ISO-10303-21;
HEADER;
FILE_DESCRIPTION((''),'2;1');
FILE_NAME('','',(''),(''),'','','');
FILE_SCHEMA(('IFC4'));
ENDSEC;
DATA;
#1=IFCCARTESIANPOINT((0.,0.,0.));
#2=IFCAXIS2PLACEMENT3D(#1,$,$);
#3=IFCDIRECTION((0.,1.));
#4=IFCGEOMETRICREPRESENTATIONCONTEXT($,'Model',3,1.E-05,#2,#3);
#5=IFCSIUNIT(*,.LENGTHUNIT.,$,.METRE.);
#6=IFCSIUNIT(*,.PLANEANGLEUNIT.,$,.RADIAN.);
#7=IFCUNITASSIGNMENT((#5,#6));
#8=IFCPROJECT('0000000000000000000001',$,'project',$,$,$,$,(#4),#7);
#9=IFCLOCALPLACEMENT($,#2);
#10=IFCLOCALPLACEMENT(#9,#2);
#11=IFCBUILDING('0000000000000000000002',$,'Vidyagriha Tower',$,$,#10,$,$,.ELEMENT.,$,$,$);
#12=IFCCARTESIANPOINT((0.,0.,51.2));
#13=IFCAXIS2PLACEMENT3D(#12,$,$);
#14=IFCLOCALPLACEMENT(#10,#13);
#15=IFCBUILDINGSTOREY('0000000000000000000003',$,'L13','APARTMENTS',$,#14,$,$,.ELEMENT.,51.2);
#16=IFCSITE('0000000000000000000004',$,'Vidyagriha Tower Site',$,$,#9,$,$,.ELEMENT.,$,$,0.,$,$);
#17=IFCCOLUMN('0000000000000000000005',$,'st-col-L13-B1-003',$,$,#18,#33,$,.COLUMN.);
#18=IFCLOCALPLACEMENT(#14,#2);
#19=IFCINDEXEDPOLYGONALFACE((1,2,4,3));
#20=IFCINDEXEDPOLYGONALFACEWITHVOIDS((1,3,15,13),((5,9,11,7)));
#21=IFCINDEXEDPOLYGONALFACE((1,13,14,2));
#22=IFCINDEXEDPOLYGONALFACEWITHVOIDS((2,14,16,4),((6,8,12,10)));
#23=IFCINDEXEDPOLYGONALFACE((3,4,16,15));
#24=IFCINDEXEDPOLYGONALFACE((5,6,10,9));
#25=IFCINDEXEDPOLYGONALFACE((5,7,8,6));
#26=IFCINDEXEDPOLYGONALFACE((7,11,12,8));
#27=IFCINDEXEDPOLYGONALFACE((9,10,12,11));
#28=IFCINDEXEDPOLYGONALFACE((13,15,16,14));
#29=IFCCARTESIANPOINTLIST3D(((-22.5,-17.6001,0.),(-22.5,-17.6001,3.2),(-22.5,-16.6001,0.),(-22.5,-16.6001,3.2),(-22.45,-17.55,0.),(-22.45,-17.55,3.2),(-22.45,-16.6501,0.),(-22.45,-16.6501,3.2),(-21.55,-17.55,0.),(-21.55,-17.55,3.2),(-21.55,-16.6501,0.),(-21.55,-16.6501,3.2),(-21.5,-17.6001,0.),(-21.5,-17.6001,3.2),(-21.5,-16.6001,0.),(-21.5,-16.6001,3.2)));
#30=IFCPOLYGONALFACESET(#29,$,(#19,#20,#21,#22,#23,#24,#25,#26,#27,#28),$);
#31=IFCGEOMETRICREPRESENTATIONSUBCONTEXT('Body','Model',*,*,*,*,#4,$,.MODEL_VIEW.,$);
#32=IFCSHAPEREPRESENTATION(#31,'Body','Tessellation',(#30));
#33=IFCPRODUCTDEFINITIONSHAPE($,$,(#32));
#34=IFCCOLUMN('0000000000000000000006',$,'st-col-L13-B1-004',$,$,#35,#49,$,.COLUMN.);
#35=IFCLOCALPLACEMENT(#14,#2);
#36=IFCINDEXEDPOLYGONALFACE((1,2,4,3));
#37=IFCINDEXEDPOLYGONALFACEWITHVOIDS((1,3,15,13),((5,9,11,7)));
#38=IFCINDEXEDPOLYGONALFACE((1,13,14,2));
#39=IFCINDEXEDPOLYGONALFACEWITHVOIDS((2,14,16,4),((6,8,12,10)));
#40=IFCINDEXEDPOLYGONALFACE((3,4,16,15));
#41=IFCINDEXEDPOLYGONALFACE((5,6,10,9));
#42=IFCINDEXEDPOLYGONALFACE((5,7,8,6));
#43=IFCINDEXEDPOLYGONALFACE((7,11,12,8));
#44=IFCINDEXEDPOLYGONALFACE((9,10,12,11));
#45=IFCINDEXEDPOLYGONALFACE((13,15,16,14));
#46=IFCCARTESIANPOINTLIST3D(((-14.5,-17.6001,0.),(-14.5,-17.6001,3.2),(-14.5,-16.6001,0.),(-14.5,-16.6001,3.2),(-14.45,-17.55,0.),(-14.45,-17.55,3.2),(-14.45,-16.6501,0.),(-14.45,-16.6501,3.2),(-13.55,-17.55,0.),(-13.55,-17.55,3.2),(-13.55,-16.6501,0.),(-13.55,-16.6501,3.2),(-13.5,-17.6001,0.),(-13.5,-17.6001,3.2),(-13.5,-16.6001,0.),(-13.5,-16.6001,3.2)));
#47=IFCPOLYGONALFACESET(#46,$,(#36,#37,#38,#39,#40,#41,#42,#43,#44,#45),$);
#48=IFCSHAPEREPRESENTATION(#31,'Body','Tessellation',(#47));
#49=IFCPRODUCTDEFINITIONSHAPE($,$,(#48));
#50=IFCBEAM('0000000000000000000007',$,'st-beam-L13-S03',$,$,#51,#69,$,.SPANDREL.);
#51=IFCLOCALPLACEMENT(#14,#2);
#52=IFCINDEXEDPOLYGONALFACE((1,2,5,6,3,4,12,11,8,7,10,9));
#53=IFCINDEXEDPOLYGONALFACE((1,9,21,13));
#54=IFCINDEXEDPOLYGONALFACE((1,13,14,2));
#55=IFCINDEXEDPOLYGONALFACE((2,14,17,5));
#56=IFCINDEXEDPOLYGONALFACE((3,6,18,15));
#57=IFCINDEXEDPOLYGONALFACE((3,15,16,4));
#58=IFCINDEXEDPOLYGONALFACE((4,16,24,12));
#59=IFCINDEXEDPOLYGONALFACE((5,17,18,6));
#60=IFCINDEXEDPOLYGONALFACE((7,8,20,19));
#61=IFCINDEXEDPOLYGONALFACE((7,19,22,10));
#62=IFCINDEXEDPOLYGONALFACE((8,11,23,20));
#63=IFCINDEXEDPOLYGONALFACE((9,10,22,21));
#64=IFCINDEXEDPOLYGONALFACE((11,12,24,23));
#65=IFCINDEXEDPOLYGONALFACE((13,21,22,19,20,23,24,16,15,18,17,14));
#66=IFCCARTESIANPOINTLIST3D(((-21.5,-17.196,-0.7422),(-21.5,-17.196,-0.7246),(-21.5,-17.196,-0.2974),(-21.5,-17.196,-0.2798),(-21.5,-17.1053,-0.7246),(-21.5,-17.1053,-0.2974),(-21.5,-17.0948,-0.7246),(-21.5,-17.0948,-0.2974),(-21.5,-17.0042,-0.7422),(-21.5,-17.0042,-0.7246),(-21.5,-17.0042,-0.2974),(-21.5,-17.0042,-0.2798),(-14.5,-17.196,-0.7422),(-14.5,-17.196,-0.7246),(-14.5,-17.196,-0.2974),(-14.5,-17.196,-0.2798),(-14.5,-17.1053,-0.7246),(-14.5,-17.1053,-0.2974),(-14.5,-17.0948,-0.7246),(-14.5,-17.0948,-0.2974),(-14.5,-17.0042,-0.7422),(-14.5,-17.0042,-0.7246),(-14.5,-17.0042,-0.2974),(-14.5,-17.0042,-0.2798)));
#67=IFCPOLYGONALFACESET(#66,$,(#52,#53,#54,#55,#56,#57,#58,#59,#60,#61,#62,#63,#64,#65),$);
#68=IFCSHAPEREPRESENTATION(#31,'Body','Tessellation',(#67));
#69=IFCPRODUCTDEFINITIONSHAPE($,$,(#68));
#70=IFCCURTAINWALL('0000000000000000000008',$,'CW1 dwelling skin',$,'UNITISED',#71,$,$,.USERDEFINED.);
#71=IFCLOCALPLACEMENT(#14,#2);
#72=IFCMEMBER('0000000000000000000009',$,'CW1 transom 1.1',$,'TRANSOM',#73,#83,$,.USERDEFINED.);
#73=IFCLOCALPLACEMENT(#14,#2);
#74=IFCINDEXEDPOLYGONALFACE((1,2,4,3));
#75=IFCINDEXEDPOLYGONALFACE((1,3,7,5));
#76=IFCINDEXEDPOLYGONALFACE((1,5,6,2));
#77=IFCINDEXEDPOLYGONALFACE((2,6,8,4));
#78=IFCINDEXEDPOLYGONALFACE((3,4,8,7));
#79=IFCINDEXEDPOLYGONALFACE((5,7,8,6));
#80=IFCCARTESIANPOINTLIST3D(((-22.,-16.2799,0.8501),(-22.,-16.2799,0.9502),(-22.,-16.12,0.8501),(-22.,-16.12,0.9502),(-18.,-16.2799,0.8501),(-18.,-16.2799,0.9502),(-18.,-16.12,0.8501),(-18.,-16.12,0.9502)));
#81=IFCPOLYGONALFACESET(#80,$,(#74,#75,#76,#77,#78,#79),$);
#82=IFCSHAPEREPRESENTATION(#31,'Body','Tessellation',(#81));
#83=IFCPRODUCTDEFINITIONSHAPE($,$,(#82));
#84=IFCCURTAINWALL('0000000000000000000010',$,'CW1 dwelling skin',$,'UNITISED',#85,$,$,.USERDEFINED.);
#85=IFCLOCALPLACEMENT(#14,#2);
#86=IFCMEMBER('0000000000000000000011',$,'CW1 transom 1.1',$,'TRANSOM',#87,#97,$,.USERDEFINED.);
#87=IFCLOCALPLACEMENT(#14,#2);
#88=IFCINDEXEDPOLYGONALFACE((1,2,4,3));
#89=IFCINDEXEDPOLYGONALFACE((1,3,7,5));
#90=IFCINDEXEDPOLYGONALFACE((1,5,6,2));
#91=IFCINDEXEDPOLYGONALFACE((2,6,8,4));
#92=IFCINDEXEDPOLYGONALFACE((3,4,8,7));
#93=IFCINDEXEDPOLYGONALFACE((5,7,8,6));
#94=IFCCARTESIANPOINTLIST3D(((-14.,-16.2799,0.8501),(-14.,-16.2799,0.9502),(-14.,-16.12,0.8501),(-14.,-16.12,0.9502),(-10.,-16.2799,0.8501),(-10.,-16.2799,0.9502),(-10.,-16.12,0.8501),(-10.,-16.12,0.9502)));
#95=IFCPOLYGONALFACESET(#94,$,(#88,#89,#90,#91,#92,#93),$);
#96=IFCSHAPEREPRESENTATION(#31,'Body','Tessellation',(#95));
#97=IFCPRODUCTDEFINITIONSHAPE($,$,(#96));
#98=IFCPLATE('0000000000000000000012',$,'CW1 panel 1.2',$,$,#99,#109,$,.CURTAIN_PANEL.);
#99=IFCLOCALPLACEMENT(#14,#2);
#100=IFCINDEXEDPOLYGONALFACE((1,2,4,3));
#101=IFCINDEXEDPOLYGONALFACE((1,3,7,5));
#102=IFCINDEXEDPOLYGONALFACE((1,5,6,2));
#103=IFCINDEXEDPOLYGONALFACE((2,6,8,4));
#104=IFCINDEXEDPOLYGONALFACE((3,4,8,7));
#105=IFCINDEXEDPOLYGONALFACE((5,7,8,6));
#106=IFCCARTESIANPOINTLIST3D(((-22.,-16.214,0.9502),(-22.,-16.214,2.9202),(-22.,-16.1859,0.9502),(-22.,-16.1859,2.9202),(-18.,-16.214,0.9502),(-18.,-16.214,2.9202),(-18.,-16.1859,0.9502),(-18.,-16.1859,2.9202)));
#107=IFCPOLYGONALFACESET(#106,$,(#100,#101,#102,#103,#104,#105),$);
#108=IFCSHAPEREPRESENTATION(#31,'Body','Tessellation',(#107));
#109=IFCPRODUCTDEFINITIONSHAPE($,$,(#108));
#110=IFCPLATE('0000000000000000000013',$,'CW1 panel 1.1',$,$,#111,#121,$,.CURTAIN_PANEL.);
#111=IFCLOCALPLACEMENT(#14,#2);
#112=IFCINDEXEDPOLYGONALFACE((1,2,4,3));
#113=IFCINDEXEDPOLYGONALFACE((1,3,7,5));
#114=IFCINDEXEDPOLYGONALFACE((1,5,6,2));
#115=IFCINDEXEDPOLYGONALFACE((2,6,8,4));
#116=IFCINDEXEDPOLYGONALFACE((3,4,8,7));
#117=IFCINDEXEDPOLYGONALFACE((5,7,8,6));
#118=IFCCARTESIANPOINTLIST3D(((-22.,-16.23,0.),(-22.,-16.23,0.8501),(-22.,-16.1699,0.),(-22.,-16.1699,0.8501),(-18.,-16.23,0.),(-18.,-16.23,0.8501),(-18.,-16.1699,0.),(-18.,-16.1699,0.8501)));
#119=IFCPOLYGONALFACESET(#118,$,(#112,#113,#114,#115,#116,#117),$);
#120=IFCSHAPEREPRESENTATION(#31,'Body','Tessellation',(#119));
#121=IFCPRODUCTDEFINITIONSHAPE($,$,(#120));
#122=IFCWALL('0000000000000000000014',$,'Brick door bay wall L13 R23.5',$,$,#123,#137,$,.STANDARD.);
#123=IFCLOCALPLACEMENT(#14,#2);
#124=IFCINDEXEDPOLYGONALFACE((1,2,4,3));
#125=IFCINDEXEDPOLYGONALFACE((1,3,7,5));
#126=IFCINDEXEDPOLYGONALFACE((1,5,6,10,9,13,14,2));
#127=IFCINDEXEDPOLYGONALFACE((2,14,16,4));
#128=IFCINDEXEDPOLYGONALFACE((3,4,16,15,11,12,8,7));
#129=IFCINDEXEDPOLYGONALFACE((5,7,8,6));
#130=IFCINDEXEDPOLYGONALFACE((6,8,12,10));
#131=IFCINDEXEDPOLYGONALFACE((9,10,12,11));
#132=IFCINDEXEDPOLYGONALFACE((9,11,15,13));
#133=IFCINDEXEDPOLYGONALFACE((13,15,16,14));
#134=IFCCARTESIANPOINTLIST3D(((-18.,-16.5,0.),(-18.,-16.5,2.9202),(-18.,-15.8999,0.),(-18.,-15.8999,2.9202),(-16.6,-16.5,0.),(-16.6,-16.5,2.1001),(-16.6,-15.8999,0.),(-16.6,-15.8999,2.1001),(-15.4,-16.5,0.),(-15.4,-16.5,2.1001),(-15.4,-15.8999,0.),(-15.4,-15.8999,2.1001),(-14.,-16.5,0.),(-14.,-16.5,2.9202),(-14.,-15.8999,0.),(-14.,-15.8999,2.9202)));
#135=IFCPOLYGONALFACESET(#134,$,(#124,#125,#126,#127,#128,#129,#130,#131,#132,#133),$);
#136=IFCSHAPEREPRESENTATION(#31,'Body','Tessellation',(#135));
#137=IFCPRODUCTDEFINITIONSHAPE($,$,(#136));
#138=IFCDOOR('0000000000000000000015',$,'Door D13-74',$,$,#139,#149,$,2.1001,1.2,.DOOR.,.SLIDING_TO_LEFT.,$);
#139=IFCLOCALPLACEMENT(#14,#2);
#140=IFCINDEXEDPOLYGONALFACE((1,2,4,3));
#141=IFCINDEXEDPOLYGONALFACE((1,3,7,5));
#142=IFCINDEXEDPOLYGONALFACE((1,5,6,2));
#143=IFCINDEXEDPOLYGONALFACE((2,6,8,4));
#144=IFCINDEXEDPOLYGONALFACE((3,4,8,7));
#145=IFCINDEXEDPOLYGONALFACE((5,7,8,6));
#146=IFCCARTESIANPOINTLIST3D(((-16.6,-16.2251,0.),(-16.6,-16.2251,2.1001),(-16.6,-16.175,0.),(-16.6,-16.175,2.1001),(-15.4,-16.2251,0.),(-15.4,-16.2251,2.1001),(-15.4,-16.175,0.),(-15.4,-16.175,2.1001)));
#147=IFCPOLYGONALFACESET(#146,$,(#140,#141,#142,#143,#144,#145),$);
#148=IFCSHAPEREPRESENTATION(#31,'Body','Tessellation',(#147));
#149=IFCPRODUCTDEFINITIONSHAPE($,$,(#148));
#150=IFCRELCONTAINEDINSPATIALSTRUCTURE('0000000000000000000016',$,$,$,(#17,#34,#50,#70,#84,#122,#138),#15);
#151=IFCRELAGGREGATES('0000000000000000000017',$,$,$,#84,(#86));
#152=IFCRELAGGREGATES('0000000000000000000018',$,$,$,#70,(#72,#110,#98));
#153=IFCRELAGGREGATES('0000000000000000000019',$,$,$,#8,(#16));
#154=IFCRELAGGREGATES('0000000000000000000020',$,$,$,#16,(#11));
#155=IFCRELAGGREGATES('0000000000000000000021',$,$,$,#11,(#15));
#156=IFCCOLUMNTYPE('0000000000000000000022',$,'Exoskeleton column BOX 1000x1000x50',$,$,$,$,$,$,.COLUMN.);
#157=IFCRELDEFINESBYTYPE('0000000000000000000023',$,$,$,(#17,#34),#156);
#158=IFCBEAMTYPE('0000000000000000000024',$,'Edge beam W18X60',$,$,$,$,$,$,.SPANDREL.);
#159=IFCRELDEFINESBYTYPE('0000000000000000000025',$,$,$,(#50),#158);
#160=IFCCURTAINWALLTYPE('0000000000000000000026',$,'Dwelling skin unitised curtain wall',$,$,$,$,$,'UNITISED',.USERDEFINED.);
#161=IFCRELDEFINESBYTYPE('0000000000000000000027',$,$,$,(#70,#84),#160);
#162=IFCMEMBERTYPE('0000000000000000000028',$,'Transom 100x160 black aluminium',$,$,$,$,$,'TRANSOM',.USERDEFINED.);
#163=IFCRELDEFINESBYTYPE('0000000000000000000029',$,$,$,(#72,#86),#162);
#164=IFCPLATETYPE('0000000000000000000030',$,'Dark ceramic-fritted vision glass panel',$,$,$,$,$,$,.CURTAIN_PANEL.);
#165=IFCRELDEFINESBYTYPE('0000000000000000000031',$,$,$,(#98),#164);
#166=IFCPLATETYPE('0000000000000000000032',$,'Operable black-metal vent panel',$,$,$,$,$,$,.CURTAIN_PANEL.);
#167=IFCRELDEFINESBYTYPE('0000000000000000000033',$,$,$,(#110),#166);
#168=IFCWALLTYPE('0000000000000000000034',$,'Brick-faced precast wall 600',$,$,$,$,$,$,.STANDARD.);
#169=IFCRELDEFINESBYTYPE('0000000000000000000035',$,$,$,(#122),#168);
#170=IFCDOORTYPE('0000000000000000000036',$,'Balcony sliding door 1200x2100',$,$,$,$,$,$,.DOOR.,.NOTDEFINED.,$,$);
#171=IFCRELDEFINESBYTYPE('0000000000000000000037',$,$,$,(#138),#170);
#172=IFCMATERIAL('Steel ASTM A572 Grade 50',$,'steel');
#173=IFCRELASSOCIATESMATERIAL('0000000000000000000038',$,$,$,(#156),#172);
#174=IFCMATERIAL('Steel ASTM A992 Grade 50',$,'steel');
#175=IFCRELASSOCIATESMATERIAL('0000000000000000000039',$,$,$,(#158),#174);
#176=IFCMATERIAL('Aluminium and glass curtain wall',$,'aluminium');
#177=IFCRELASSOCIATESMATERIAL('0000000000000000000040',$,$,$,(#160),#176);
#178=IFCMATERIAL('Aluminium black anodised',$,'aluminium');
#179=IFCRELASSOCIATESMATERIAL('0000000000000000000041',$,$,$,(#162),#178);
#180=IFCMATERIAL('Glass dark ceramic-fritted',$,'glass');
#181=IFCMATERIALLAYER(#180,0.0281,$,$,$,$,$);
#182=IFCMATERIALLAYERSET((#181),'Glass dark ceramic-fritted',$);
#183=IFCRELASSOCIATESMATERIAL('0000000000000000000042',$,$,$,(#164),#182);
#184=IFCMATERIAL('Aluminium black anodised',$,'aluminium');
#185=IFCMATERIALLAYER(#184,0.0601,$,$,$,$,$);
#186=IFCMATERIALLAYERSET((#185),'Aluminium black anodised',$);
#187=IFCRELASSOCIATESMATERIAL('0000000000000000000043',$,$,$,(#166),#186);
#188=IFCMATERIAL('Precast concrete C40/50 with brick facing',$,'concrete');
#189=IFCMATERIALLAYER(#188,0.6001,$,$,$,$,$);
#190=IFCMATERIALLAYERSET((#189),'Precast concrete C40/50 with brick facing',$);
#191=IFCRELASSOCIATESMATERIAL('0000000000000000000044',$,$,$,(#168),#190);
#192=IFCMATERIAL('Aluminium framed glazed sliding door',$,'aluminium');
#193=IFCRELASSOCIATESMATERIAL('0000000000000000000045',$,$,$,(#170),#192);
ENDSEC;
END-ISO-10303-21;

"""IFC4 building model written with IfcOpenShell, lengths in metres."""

from ifc_helpers import new_model, si_unit, direction, frame, frame_2d, origin, origin_2d, place, context, subcontext, project, spatial, rectangle, hollow_rectangle, i_section, extrude, material, layer, layer_set, material_profile, profile_set, type_object, element, fill, aggregate, save


model = new_model("IFC4")

# Units and contexts
model_context = context("Model", 3, precision=1e-05, world=origin(), true_north=direction((0.0, 1.0)))
body_context = subcontext(model_context, "Body", "Model", "MODEL_VIEW")
ifc_project = project(units=[si_unit("LENGTHUNIT", "METRE"), si_unit("PLANEANGLEUNIT", "RADIAN")], contexts=[model_context])

# Site, building, storey
site_placement = place(None, origin())
site = spatial("IfcSite", under=ifc_project, at=site_placement, Name="Vidyagriha Tower Site", CompositionType="ELEMENT", RefElevation=0.0)
building_placement = place(site_placement, origin())
building = spatial("IfcBuilding", under=site, at=building_placement, Name="Vidyagriha Tower", CompositionType="ELEMENT")
storey_placement = place(building_placement, frame((0.0, 0.0, 51.2)))
storey = spatial("IfcBuildingStorey", under=building, at=storey_placement, Name="L13", Description="APARTMENTS", CompositionType="ELEMENT", Elevation=51.2)

# Columns
ifc_material_1 = material(Name="Steel ASTM A572 Grade 50", Category="steel")
ifc_material_profile_1 = material_profile(ifc_material_1, hollow_rectangle(XDim=1.0, YDim=1.0, WallThickness=0.05, at=origin_2d()), Name="BOX 1000x1000x50")
ifc_profile_set_1 = profile_set([ifc_material_profile_1], Name="Steel ASTM A572 Grade 50")
column_type = type_object("IfcColumnType", Name="Exoskeleton column BOX 1000x1000x50", PredefinedType="COLUMN", material=ifc_profile_set_1)
for number, where, name in (
    (1, (-22.0, -17.1001, 0.0), "st-col-L13-B1-003"),
    (2, (-14.0, -17.1001, 0.0), "st-col-L13-B1-004"),
):
    element("IfcColumn", number, at=place(storey_placement, frame(where)), inside=storey, type_object=column_type, Name=name, PredefinedType="COLUMN", context=body_context, shape_type="SweptSolid", body=[
        extrude(hollow_rectangle(XDim=1.0, YDim=1.0, WallThickness=0.05, at=origin_2d()), origin(), (0.0, 0.0, 1.0), 3.2),
    ])

# Beam
ifc_material_2 = material(Name="Steel ASTM A992 Grade 50", Category="steel")
ifc_material_profile_2 = material_profile(ifc_material_2, i_section(OverallWidth=0.1919, OverallDepth=0.4624, WebThickness=0.0105, FlangeThickness=0.0176, at=origin_2d()), Name="W18X60")
ifc_profile_set_2 = profile_set([ifc_material_profile_2], Name="Steel ASTM A992 Grade 50")
beam_type = type_object("IfcBeamType", Name="Edge beam W18X60", PredefinedType="SPANDREL", material=ifc_profile_set_2)
beam_placement = place(storey_placement, frame((-21.5, -17.1001, -0.511), z_axis=(1.0, 0.0, 0.0), x_axis=(0.0, 1.0, 0.0)))
element("IfcBeam", 3, at=beam_placement, inside=storey, type_object=beam_type, Name="st-beam-L13-S03", PredefinedType="SPANDREL", context=body_context, shape_type="SweptSolid", body=[
    extrude(i_section(OverallWidth=0.1919, OverallDepth=0.4624, WebThickness=0.0105, FlangeThickness=0.0176, at=origin_2d()), origin(), (0.0, 0.0, 1.0), 7.0),
])

# Curtain walls, members
ifc_material_3 = material(Name="Aluminium and glass curtain wall", Category="aluminium")
curtain_wall_type = type_object("IfcCurtainWallType", Name="Dwelling skin unitised curtain wall", ElementType="UNITISED", PredefinedType="USERDEFINED", material=ifc_material_3)
curtain_wall_1_placement = place(storey_placement, origin())
curtain_wall_1 = element("IfcCurtainWall", 4, at=curtain_wall_1_placement, inside=storey, type_object=curtain_wall_type, Name="CW1 dwelling skin", ObjectType="UNITISED", PredefinedType="USERDEFINED")
ifc_material_4 = material(Name="Aluminium black anodised", Category="aluminium")
ifc_material_profile_3 = material_profile(ifc_material_4, rectangle(XDim=0.1599, YDim=0.1001, at=origin_2d()), Name="Transom 100x160 black aluminium")
ifc_profile_set_3 = profile_set([ifc_material_profile_3], Name="Aluminium black anodised")
member_type = type_object("IfcMemberType", Name="Transom 100x160 black aluminium", ElementType="TRANSOM", PredefinedType="USERDEFINED", material=ifc_profile_set_3)
member_1_placement = place(storey_placement, frame((-22.0, -16.2, 0.9001), z_axis=(1.0, 0.0, 0.0), x_axis=(0.0, 1.0, 0.0)))
member_1 = element("IfcMember", 5, at=member_1_placement, type_object=member_type, Name="CW1 transom 1.1", ObjectType="TRANSOM", PredefinedType="USERDEFINED", context=body_context, shape_type="SweptSolid", body=[
    extrude(rectangle(XDim=0.1599, YDim=0.1001, at=origin_2d()), origin(), (0.0, 0.0, 1.0), 4.0),
])
curtain_wall_2_placement = place(storey_placement, origin())
curtain_wall_2 = element("IfcCurtainWall", 6, at=curtain_wall_2_placement, inside=storey, type_object=curtain_wall_type, Name="CW1 dwelling skin", ObjectType="UNITISED", PredefinedType="USERDEFINED")
member_2_placement = place(storey_placement, frame((-14.0, -16.2, 0.9001), z_axis=(1.0, 0.0, 0.0), x_axis=(0.0, 1.0, 0.0)))
member_2 = element("IfcMember", 7, at=member_2_placement, type_object=member_type, Name="CW1 transom 1.1", ObjectType="TRANSOM", PredefinedType="USERDEFINED", context=body_context, shape_type="SweptSolid", body=[
    extrude(rectangle(XDim=0.1599, YDim=0.1001, at=origin_2d()), origin(), (0.0, 0.0, 1.0), 4.0),
])
aggregate(curtain_wall_2, [member_2])

# Plates
ifc_material_5 = material(Name="Glass dark ceramic-fritted", Category="glass")
ifc_layer_1 = layer(ifc_material_5, 0.0281)
ifc_layer_set_1 = layer_set([ifc_layer_1], Name="Glass dark ceramic-fritted")
plate_type_1 = type_object("IfcPlateType", Name="Dark ceramic-fritted vision glass panel", PredefinedType="CURTAIN_PANEL", material=ifc_layer_set_1)
plate_1_placement = place(storey_placement, frame((-20.0, -16.2, 0.9502)))
plate_1 = element("IfcPlate", 8, at=plate_1_placement, type_object=plate_type_1, Name="CW1 panel 1.2", PredefinedType="CURTAIN_PANEL", context=body_context, shape_type="SweptSolid", body=[
    extrude(rectangle(XDim=4.0, YDim=0.0281, at=origin_2d()), origin(), (0.0, 0.0, 1.0), 1.97),
])
ifc_material_6 = material(Name="Aluminium black anodised", Category="aluminium")
ifc_layer_2 = layer(ifc_material_6, 0.0601)
ifc_layer_set_2 = layer_set([ifc_layer_2], Name="Aluminium black anodised")
plate_type_2 = type_object("IfcPlateType", Name="Operable black-metal vent panel", PredefinedType="CURTAIN_PANEL", material=ifc_layer_set_2)
plate_2_placement = place(storey_placement, frame((-20.0, -16.2, 0.0)))
plate_2 = element("IfcPlate", 9, at=plate_2_placement, type_object=plate_type_2, Name="CW1 panel 1.1", PredefinedType="CURTAIN_PANEL", context=body_context, shape_type="SweptSolid", body=[
    extrude(rectangle(XDim=4.0, YDim=0.0601, at=origin_2d()), origin(), (0.0, 0.0, 1.0), 0.8501),
])
aggregate(curtain_wall_1, [member_1, plate_2, plate_1])

# Wall, opening, door
ifc_material_7 = material(Name="Precast concrete C40/50 with brick facing", Category="concrete")
ifc_layer_3 = layer(ifc_material_7, 0.6001)
ifc_layer_set_3 = layer_set([ifc_layer_3], Name="Precast concrete C40/50 with brick facing")
wall_type = type_object("IfcWallType", Name="Brick-faced precast wall 600", PredefinedType="STANDARD", material=ifc_layer_set_3)
wall_placement = place(storey_placement, frame((-18.0, -16.2, 0.0)))
wall = element("IfcWall", 10, at=wall_placement, inside=storey, type_object=wall_type, Name="Brick door bay wall L13 R23.5", PredefinedType="STANDARD", context=body_context, shape_type="SweptSolid", body=[
    extrude(rectangle(XDim=4.0, YDim=0.6001, at=frame_2d((2.0, 0.0))), origin(), (0.0, 0.0, 1.0), 2.9202),
])
opening_placement = place(wall_placement, frame((1.3999, 0.0, 0.0)))
opening = element("IfcOpeningElement", 11, at=opening_placement, cuts=wall, PredefinedType="OPENING", context=body_context, shape_type="SweptSolid", body=[
    extrude(rectangle(XDim=1.2, YDim=2.1001, at=frame_2d((0.6001, 1.05))), frame((0.0, 0.3101, 0.0), z_axis=(0.0, -1.0, 0.0), x_axis=(1.0, 0.0, 0.0)), (0.0, 0.0, 1.0), 0.6201),
])
ifc_material_8 = material(Name="Aluminium framed glazed sliding door", Category="aluminium")
door_type = type_object("IfcDoorType", Name="Balcony sliding door 1200x2100", OperationType="NOTDEFINED", PredefinedType="DOOR", material=ifc_material_8)
door_placement = place(opening_placement, origin())
door = element("IfcDoor", 12, at=door_placement, inside=storey, type_object=door_type, Name="Door D13-74", OperationType="SLIDING_TO_LEFT", OverallHeight=2.1001, OverallWidth=1.2, PredefinedType="DOOR", context=body_context, shape_type="SweptSolid", body=[
    extrude(rectangle(XDim=1.2, YDim=2.1001, at=frame_2d((0.6001, 1.05))), frame((0.0, 0.0249, 0.0), z_axis=(0.0, -1.0, 0.0), x_axis=(1.0, 0.0, 0.0)), (0.0, 0.0, 1.0), 0.05),
])
fill(opening, door)

save(model, "model.ifc")
